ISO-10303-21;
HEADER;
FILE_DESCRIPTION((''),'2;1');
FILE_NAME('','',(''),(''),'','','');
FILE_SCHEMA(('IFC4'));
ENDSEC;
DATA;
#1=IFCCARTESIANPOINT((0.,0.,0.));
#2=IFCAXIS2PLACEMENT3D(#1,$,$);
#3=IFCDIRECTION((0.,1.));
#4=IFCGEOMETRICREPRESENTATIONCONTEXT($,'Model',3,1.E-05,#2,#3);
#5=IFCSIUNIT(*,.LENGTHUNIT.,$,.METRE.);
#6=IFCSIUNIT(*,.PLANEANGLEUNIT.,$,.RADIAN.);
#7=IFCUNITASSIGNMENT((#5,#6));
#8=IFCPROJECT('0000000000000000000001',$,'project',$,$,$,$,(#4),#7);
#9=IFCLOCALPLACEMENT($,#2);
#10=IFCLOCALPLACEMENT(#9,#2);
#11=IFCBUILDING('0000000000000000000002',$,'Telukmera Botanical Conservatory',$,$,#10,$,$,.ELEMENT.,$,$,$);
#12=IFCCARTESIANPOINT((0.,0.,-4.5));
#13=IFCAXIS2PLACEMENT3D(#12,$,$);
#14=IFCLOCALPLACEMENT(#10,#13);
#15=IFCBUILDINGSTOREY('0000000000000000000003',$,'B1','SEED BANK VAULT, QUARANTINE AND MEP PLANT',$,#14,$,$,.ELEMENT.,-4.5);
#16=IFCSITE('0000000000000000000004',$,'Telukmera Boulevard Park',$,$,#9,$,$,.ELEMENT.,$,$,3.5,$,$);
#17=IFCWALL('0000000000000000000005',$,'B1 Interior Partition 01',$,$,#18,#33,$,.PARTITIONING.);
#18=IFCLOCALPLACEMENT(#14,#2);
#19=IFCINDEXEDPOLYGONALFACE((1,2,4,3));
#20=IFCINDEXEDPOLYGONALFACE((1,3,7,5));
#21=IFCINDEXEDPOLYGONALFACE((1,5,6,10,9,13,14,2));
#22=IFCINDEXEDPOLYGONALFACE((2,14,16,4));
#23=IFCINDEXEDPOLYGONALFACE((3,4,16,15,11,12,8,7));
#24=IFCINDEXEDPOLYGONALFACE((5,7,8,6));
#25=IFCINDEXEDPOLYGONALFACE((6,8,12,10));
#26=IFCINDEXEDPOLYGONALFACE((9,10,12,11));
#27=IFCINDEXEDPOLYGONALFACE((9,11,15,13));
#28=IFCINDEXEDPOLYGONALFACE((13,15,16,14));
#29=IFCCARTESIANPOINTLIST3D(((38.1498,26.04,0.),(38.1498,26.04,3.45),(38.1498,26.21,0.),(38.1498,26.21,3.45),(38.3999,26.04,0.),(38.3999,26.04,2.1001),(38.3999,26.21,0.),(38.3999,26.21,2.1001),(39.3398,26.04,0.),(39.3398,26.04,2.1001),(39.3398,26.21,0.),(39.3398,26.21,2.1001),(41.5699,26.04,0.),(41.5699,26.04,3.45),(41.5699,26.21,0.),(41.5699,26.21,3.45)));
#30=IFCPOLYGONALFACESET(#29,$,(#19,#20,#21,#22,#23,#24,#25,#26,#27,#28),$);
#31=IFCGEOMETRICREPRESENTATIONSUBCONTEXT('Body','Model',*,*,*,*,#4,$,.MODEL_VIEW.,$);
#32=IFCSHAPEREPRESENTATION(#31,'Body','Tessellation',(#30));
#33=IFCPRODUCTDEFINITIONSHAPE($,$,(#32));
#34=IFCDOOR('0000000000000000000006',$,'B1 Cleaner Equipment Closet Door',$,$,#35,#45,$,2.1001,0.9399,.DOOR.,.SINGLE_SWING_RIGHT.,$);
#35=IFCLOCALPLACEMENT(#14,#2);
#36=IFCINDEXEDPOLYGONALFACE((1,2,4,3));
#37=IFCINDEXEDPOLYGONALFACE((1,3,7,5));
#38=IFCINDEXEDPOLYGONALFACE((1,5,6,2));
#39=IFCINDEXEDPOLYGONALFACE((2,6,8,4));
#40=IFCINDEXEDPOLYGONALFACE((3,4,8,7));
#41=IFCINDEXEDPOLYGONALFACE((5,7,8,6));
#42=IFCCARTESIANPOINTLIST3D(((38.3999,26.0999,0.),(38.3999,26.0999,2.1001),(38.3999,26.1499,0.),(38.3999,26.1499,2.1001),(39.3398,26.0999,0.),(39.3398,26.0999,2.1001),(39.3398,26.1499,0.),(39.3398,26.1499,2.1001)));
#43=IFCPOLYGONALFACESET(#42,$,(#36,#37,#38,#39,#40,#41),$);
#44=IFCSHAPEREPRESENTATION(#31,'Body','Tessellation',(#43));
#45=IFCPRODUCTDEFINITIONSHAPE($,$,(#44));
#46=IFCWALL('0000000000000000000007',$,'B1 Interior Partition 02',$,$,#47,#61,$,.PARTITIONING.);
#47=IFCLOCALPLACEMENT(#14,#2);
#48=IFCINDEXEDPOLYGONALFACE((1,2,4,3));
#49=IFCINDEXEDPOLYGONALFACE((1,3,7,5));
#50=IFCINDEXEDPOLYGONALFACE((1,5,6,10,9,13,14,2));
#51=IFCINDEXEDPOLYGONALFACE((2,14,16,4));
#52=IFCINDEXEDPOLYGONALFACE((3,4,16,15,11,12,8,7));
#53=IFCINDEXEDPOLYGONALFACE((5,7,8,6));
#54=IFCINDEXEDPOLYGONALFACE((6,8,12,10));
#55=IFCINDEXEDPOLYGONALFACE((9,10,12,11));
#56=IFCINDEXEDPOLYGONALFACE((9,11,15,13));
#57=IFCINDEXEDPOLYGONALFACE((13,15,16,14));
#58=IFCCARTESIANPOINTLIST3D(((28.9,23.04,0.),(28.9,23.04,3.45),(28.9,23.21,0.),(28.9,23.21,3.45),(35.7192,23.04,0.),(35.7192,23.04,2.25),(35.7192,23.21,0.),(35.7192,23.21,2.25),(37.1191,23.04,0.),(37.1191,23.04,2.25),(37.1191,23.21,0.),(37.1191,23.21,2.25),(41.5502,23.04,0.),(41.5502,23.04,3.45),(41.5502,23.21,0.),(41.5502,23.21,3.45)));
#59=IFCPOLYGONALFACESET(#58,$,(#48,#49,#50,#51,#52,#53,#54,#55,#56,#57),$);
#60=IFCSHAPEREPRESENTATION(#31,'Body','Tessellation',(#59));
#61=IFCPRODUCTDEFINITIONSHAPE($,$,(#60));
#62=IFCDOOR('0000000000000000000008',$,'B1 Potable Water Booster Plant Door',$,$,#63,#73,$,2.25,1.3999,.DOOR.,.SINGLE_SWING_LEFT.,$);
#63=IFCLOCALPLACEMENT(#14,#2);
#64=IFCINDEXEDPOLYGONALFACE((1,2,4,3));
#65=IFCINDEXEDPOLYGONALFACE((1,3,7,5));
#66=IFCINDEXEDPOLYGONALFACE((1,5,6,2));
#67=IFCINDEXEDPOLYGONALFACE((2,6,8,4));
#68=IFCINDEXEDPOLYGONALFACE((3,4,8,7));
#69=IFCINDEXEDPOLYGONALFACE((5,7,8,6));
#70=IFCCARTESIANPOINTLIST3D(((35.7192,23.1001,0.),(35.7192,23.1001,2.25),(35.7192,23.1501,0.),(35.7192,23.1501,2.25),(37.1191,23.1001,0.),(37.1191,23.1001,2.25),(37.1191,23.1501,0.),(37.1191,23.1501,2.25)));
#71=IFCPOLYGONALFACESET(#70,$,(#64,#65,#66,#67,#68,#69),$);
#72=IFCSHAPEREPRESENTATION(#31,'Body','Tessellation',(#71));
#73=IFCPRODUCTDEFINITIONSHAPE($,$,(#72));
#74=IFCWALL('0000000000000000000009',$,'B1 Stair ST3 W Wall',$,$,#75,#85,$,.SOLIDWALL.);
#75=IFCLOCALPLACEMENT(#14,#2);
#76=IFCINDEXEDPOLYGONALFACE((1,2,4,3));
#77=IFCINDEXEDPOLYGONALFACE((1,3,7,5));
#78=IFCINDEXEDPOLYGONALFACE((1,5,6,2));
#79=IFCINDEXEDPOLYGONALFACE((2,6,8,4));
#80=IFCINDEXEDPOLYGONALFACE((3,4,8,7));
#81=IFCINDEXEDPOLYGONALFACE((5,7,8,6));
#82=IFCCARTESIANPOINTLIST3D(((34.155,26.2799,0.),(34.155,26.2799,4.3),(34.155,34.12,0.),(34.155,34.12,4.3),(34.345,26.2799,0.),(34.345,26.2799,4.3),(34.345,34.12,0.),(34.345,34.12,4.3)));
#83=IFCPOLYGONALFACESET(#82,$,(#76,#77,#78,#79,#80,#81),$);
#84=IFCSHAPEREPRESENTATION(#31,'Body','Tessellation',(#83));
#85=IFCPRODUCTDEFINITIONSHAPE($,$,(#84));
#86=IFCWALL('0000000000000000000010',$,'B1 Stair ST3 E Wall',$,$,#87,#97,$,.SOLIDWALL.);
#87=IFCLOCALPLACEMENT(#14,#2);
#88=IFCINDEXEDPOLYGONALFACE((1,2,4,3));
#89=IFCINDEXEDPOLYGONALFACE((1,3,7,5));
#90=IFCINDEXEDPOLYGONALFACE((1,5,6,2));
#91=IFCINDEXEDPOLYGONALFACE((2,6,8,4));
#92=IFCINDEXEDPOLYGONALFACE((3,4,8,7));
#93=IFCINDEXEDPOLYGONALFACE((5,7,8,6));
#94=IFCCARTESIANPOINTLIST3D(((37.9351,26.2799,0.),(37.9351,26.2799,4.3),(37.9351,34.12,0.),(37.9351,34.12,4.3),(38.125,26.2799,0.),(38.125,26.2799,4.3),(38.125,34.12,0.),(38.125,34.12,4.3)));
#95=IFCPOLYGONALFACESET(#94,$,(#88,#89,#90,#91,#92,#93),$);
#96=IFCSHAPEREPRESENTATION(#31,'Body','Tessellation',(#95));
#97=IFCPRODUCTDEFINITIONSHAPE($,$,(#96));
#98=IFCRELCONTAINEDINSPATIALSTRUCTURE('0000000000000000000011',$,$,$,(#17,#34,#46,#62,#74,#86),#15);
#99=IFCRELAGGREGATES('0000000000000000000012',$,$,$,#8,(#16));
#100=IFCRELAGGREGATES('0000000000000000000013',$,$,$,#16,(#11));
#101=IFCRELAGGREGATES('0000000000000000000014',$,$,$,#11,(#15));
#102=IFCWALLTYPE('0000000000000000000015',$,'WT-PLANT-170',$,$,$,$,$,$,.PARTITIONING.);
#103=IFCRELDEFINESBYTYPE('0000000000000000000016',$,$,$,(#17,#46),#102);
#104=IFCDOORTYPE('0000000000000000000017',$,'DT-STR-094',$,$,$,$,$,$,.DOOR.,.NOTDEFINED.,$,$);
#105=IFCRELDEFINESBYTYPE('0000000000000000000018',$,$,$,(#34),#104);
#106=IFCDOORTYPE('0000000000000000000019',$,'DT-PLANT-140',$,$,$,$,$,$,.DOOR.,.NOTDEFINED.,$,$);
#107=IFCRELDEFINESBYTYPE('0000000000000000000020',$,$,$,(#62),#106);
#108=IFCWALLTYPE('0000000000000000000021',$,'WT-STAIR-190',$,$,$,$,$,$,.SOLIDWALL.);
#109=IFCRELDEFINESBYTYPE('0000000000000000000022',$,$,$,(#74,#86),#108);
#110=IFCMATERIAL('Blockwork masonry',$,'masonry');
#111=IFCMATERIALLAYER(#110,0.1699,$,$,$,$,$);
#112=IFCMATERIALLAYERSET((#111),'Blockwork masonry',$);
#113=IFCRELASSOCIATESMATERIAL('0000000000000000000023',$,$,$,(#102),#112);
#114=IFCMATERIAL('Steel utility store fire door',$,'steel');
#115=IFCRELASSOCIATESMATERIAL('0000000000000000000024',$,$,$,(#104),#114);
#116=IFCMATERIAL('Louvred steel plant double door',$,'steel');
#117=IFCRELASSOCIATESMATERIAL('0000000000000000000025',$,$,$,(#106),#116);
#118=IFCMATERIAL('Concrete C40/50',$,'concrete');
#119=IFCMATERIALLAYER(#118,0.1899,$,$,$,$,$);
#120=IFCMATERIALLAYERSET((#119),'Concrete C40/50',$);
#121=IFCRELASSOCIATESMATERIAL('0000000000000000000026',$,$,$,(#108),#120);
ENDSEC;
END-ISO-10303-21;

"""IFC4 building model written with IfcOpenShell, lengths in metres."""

from ifc_helpers import new_model, si_unit, direction, frame, frame_2d, origin, place, context, subcontext, project, spatial, rectangle, extrude, material, layer, layer_set, type_object, element, fill, save


model = new_model("IFC4")

# Units and contexts
model_context = context("Model", 3, precision=1e-05, world=origin(), true_north=direction((0.0, 1.0)))
body_context = subcontext(model_context, "Body", "Model", "MODEL_VIEW")
ifc_project = project(units=[si_unit("LENGTHUNIT", "METRE"), si_unit("PLANEANGLEUNIT", "RADIAN")], contexts=[model_context])

# Site, building, storey
site_placement = place(None, origin())
site = spatial("IfcSite", under=ifc_project, at=site_placement, Name="Telukmera Boulevard Park", CompositionType="ELEMENT", RefElevation=3.5)
building_placement = place(site_placement, origin())
building = spatial("IfcBuilding", under=site, at=building_placement, Name="Telukmera Botanical Conservatory", CompositionType="ELEMENT")
storey_placement = place(building_placement, frame((0.0, 0.0, -4.5)))
storey = spatial("IfcBuildingStorey", under=building, at=storey_placement, Name="B1", Description="SEED BANK VAULT, QUARANTINE AND MEP PLANT", CompositionType="ELEMENT", Elevation=-4.5)

# Shared definitions
ifc_material_1 = material(Name="Concrete C40/50", Category="concrete")

# Walls, openings, doors
ifc_material_2 = material(Name="Blockwork masonry", Category="masonry")
ifc_layer_1 = layer(ifc_material_2, 0.1699)
ifc_layer_set_1 = layer_set([ifc_layer_1], Name="Blockwork masonry")
wall_type_1 = type_object("IfcWallType", Name="WT-PLANT-170", PredefinedType="PARTITIONING", material=ifc_layer_set_1)
wall_1_placement = place(storey_placement, frame((38.1499, 26.125, 0.0), z_axis=(0.0, 0.0, 1.0), x_axis=(1.0, 0.0, 0.0)))
wall_1 = element("IfcWall", 1, at=wall_1_placement, inside=storey, type_object=wall_type_1, Name="B1 Interior Partition 01", PredefinedType="PARTITIONING", context=body_context, shape_type="SweptSolid", body=[
    extrude(rectangle(XDim=3.4202, YDim=0.1699, at=frame_2d((1.71, 0.0))), origin(), (0.0, 0.0, 1.0), 3.45),
])
opening_1_placement = place(wall_1_placement, frame((0.25, 0.0, 0.0)))
opening_1 = element("IfcOpeningElement", 2, at=opening_1_placement, cuts=wall_1, PredefinedType="OPENING", context=body_context, shape_type="SweptSolid", body=[
    extrude(rectangle(XDim=0.9399, YDim=2.1001, at=frame_2d((0.47, 1.05))), frame((0.0, 0.095, 0.0), z_axis=(0.0, -1.0, 0.0), x_axis=(1.0, 0.0, 0.0)), (0.0, 0.0, 1.0), 0.1899),
])
ifc_material_3 = material(Name="Steel utility store fire door", Category="steel")
door_type_1 = type_object("IfcDoorType", Name="DT-STR-094", OperationType="NOTDEFINED", PredefinedType="DOOR", material=ifc_material_3)
door_1_placement = place(opening_1_placement, origin())
door_1 = element("IfcDoor", 3, at=door_1_placement, inside=storey, type_object=door_type_1, Name="B1 Cleaner Equipment Closet Door", OperationType="SINGLE_SWING_RIGHT", OverallHeight=2.1001, OverallWidth=0.9399, PredefinedType="DOOR", context=body_context, shape_type="SweptSolid", body=[
    extrude(rectangle(XDim=0.9399, YDim=2.1001, at=frame_2d((0.47, 1.05))), frame((0.0, 0.0249, 0.0), z_axis=(0.0, -1.0, 0.0), x_axis=(1.0, 0.0, 0.0)), (0.0, 0.0, 1.0), 0.05),
])
fill(opening_1, door_1)
wall_2_placement = place(storey_placement, frame((28.8999, 23.125, 0.0), z_axis=(0.0, 0.0, 1.0), x_axis=(1.0, 0.0, 0.0)))
wall_2 = element("IfcWall", 4, at=wall_2_placement, inside=storey, type_object=wall_type_1, Name="B1 Interior Partition 02", PredefinedType="PARTITIONING", context=body_context, shape_type="SweptSolid", body=[
    extrude(rectangle(XDim=12.6501, YDim=0.1699, at=frame_2d((6.3252, 0.0))), origin(), (0.0, 0.0, 1.0), 3.45),
])
opening_2_placement = place(wall_2_placement, frame((6.8193, 0.0, 0.0)))
opening_2 = element("IfcOpeningElement", 5, at=opening_2_placement, cuts=wall_2, PredefinedType="OPENING", context=body_context, shape_type="SweptSolid", body=[
    extrude(rectangle(XDim=1.3999, YDim=2.25, at=frame_2d((0.7, 1.125))), frame((0.0, 0.095, 0.0), z_axis=(0.0, -1.0, 0.0), x_axis=(1.0, 0.0, 0.0)), (0.0, 0.0, 1.0), 0.1899),
])
ifc_material_4 = material(Name="Louvred steel plant double door", Category="steel")
door_type_2 = type_object("IfcDoorType", Name="DT-PLANT-140", OperationType="NOTDEFINED", PredefinedType="DOOR", material=ifc_material_4)
door_2_placement = place(opening_2_placement, frame((1.3999, 0.0, 0.0), z_axis=(0.0, 0.0, 1.0), x_axis=(-1.0, 0.0, 0.0)))
door_2 = element("IfcDoor", 6, at=door_2_placement, inside=storey, type_object=door_type_2, Name="B1 Potable Water Booster Plant Door", OperationType="SINGLE_SWING_LEFT", OverallHeight=2.25, OverallWidth=1.3999, PredefinedType="DOOR", context=body_context, shape_type="SweptSolid", body=[
    extrude(rectangle(XDim=1.3999, YDim=2.25, at=frame_2d((0.7, 1.125))), frame((0.0, 0.0249, 0.0), z_axis=(0.0, -1.0, 0.0), x_axis=(1.0, 0.0, 0.0)), (0.0, 0.0, 1.0), 0.05),
])
fill(opening_2, door_2)
ifc_layer_2 = layer(ifc_material_1, 0.1899)
ifc_layer_set_2 = layer_set([ifc_layer_2], Name="Concrete C40/50")
wall_type_2 = type_object("IfcWallType", Name="WT-STAIR-190", PredefinedType="SOLIDWALL", material=ifc_layer_set_2)

# Walls
for number, where, z_axis, x_axis, name in (
    (7, (34.25, 26.28, 0.0), (0.0, 0.0, 1.0), (0.0, 1.0, 0.0), "B1 Stair ST3 W Wall"),
    (8, (38.03, 26.28, 0.0), (0.0, 0.0, 1.0), (0.0, 1.0, 0.0), "B1 Stair ST3 E Wall"),
):
    element("IfcWall", number, at=place(storey_placement, frame(where, z_axis=z_axis, x_axis=x_axis)), inside=storey, type_object=wall_type_2, Name=name, PredefinedType="SOLIDWALL", context=body_context, shape_type="SweptSolid", body=[
        extrude(rectangle(XDim=7.8401, YDim=0.1899, at=frame_2d((3.9199, 0.0))), origin(), (0.0, 0.0, 1.0), 4.3),
    ])

save(model, "model.ifc")
